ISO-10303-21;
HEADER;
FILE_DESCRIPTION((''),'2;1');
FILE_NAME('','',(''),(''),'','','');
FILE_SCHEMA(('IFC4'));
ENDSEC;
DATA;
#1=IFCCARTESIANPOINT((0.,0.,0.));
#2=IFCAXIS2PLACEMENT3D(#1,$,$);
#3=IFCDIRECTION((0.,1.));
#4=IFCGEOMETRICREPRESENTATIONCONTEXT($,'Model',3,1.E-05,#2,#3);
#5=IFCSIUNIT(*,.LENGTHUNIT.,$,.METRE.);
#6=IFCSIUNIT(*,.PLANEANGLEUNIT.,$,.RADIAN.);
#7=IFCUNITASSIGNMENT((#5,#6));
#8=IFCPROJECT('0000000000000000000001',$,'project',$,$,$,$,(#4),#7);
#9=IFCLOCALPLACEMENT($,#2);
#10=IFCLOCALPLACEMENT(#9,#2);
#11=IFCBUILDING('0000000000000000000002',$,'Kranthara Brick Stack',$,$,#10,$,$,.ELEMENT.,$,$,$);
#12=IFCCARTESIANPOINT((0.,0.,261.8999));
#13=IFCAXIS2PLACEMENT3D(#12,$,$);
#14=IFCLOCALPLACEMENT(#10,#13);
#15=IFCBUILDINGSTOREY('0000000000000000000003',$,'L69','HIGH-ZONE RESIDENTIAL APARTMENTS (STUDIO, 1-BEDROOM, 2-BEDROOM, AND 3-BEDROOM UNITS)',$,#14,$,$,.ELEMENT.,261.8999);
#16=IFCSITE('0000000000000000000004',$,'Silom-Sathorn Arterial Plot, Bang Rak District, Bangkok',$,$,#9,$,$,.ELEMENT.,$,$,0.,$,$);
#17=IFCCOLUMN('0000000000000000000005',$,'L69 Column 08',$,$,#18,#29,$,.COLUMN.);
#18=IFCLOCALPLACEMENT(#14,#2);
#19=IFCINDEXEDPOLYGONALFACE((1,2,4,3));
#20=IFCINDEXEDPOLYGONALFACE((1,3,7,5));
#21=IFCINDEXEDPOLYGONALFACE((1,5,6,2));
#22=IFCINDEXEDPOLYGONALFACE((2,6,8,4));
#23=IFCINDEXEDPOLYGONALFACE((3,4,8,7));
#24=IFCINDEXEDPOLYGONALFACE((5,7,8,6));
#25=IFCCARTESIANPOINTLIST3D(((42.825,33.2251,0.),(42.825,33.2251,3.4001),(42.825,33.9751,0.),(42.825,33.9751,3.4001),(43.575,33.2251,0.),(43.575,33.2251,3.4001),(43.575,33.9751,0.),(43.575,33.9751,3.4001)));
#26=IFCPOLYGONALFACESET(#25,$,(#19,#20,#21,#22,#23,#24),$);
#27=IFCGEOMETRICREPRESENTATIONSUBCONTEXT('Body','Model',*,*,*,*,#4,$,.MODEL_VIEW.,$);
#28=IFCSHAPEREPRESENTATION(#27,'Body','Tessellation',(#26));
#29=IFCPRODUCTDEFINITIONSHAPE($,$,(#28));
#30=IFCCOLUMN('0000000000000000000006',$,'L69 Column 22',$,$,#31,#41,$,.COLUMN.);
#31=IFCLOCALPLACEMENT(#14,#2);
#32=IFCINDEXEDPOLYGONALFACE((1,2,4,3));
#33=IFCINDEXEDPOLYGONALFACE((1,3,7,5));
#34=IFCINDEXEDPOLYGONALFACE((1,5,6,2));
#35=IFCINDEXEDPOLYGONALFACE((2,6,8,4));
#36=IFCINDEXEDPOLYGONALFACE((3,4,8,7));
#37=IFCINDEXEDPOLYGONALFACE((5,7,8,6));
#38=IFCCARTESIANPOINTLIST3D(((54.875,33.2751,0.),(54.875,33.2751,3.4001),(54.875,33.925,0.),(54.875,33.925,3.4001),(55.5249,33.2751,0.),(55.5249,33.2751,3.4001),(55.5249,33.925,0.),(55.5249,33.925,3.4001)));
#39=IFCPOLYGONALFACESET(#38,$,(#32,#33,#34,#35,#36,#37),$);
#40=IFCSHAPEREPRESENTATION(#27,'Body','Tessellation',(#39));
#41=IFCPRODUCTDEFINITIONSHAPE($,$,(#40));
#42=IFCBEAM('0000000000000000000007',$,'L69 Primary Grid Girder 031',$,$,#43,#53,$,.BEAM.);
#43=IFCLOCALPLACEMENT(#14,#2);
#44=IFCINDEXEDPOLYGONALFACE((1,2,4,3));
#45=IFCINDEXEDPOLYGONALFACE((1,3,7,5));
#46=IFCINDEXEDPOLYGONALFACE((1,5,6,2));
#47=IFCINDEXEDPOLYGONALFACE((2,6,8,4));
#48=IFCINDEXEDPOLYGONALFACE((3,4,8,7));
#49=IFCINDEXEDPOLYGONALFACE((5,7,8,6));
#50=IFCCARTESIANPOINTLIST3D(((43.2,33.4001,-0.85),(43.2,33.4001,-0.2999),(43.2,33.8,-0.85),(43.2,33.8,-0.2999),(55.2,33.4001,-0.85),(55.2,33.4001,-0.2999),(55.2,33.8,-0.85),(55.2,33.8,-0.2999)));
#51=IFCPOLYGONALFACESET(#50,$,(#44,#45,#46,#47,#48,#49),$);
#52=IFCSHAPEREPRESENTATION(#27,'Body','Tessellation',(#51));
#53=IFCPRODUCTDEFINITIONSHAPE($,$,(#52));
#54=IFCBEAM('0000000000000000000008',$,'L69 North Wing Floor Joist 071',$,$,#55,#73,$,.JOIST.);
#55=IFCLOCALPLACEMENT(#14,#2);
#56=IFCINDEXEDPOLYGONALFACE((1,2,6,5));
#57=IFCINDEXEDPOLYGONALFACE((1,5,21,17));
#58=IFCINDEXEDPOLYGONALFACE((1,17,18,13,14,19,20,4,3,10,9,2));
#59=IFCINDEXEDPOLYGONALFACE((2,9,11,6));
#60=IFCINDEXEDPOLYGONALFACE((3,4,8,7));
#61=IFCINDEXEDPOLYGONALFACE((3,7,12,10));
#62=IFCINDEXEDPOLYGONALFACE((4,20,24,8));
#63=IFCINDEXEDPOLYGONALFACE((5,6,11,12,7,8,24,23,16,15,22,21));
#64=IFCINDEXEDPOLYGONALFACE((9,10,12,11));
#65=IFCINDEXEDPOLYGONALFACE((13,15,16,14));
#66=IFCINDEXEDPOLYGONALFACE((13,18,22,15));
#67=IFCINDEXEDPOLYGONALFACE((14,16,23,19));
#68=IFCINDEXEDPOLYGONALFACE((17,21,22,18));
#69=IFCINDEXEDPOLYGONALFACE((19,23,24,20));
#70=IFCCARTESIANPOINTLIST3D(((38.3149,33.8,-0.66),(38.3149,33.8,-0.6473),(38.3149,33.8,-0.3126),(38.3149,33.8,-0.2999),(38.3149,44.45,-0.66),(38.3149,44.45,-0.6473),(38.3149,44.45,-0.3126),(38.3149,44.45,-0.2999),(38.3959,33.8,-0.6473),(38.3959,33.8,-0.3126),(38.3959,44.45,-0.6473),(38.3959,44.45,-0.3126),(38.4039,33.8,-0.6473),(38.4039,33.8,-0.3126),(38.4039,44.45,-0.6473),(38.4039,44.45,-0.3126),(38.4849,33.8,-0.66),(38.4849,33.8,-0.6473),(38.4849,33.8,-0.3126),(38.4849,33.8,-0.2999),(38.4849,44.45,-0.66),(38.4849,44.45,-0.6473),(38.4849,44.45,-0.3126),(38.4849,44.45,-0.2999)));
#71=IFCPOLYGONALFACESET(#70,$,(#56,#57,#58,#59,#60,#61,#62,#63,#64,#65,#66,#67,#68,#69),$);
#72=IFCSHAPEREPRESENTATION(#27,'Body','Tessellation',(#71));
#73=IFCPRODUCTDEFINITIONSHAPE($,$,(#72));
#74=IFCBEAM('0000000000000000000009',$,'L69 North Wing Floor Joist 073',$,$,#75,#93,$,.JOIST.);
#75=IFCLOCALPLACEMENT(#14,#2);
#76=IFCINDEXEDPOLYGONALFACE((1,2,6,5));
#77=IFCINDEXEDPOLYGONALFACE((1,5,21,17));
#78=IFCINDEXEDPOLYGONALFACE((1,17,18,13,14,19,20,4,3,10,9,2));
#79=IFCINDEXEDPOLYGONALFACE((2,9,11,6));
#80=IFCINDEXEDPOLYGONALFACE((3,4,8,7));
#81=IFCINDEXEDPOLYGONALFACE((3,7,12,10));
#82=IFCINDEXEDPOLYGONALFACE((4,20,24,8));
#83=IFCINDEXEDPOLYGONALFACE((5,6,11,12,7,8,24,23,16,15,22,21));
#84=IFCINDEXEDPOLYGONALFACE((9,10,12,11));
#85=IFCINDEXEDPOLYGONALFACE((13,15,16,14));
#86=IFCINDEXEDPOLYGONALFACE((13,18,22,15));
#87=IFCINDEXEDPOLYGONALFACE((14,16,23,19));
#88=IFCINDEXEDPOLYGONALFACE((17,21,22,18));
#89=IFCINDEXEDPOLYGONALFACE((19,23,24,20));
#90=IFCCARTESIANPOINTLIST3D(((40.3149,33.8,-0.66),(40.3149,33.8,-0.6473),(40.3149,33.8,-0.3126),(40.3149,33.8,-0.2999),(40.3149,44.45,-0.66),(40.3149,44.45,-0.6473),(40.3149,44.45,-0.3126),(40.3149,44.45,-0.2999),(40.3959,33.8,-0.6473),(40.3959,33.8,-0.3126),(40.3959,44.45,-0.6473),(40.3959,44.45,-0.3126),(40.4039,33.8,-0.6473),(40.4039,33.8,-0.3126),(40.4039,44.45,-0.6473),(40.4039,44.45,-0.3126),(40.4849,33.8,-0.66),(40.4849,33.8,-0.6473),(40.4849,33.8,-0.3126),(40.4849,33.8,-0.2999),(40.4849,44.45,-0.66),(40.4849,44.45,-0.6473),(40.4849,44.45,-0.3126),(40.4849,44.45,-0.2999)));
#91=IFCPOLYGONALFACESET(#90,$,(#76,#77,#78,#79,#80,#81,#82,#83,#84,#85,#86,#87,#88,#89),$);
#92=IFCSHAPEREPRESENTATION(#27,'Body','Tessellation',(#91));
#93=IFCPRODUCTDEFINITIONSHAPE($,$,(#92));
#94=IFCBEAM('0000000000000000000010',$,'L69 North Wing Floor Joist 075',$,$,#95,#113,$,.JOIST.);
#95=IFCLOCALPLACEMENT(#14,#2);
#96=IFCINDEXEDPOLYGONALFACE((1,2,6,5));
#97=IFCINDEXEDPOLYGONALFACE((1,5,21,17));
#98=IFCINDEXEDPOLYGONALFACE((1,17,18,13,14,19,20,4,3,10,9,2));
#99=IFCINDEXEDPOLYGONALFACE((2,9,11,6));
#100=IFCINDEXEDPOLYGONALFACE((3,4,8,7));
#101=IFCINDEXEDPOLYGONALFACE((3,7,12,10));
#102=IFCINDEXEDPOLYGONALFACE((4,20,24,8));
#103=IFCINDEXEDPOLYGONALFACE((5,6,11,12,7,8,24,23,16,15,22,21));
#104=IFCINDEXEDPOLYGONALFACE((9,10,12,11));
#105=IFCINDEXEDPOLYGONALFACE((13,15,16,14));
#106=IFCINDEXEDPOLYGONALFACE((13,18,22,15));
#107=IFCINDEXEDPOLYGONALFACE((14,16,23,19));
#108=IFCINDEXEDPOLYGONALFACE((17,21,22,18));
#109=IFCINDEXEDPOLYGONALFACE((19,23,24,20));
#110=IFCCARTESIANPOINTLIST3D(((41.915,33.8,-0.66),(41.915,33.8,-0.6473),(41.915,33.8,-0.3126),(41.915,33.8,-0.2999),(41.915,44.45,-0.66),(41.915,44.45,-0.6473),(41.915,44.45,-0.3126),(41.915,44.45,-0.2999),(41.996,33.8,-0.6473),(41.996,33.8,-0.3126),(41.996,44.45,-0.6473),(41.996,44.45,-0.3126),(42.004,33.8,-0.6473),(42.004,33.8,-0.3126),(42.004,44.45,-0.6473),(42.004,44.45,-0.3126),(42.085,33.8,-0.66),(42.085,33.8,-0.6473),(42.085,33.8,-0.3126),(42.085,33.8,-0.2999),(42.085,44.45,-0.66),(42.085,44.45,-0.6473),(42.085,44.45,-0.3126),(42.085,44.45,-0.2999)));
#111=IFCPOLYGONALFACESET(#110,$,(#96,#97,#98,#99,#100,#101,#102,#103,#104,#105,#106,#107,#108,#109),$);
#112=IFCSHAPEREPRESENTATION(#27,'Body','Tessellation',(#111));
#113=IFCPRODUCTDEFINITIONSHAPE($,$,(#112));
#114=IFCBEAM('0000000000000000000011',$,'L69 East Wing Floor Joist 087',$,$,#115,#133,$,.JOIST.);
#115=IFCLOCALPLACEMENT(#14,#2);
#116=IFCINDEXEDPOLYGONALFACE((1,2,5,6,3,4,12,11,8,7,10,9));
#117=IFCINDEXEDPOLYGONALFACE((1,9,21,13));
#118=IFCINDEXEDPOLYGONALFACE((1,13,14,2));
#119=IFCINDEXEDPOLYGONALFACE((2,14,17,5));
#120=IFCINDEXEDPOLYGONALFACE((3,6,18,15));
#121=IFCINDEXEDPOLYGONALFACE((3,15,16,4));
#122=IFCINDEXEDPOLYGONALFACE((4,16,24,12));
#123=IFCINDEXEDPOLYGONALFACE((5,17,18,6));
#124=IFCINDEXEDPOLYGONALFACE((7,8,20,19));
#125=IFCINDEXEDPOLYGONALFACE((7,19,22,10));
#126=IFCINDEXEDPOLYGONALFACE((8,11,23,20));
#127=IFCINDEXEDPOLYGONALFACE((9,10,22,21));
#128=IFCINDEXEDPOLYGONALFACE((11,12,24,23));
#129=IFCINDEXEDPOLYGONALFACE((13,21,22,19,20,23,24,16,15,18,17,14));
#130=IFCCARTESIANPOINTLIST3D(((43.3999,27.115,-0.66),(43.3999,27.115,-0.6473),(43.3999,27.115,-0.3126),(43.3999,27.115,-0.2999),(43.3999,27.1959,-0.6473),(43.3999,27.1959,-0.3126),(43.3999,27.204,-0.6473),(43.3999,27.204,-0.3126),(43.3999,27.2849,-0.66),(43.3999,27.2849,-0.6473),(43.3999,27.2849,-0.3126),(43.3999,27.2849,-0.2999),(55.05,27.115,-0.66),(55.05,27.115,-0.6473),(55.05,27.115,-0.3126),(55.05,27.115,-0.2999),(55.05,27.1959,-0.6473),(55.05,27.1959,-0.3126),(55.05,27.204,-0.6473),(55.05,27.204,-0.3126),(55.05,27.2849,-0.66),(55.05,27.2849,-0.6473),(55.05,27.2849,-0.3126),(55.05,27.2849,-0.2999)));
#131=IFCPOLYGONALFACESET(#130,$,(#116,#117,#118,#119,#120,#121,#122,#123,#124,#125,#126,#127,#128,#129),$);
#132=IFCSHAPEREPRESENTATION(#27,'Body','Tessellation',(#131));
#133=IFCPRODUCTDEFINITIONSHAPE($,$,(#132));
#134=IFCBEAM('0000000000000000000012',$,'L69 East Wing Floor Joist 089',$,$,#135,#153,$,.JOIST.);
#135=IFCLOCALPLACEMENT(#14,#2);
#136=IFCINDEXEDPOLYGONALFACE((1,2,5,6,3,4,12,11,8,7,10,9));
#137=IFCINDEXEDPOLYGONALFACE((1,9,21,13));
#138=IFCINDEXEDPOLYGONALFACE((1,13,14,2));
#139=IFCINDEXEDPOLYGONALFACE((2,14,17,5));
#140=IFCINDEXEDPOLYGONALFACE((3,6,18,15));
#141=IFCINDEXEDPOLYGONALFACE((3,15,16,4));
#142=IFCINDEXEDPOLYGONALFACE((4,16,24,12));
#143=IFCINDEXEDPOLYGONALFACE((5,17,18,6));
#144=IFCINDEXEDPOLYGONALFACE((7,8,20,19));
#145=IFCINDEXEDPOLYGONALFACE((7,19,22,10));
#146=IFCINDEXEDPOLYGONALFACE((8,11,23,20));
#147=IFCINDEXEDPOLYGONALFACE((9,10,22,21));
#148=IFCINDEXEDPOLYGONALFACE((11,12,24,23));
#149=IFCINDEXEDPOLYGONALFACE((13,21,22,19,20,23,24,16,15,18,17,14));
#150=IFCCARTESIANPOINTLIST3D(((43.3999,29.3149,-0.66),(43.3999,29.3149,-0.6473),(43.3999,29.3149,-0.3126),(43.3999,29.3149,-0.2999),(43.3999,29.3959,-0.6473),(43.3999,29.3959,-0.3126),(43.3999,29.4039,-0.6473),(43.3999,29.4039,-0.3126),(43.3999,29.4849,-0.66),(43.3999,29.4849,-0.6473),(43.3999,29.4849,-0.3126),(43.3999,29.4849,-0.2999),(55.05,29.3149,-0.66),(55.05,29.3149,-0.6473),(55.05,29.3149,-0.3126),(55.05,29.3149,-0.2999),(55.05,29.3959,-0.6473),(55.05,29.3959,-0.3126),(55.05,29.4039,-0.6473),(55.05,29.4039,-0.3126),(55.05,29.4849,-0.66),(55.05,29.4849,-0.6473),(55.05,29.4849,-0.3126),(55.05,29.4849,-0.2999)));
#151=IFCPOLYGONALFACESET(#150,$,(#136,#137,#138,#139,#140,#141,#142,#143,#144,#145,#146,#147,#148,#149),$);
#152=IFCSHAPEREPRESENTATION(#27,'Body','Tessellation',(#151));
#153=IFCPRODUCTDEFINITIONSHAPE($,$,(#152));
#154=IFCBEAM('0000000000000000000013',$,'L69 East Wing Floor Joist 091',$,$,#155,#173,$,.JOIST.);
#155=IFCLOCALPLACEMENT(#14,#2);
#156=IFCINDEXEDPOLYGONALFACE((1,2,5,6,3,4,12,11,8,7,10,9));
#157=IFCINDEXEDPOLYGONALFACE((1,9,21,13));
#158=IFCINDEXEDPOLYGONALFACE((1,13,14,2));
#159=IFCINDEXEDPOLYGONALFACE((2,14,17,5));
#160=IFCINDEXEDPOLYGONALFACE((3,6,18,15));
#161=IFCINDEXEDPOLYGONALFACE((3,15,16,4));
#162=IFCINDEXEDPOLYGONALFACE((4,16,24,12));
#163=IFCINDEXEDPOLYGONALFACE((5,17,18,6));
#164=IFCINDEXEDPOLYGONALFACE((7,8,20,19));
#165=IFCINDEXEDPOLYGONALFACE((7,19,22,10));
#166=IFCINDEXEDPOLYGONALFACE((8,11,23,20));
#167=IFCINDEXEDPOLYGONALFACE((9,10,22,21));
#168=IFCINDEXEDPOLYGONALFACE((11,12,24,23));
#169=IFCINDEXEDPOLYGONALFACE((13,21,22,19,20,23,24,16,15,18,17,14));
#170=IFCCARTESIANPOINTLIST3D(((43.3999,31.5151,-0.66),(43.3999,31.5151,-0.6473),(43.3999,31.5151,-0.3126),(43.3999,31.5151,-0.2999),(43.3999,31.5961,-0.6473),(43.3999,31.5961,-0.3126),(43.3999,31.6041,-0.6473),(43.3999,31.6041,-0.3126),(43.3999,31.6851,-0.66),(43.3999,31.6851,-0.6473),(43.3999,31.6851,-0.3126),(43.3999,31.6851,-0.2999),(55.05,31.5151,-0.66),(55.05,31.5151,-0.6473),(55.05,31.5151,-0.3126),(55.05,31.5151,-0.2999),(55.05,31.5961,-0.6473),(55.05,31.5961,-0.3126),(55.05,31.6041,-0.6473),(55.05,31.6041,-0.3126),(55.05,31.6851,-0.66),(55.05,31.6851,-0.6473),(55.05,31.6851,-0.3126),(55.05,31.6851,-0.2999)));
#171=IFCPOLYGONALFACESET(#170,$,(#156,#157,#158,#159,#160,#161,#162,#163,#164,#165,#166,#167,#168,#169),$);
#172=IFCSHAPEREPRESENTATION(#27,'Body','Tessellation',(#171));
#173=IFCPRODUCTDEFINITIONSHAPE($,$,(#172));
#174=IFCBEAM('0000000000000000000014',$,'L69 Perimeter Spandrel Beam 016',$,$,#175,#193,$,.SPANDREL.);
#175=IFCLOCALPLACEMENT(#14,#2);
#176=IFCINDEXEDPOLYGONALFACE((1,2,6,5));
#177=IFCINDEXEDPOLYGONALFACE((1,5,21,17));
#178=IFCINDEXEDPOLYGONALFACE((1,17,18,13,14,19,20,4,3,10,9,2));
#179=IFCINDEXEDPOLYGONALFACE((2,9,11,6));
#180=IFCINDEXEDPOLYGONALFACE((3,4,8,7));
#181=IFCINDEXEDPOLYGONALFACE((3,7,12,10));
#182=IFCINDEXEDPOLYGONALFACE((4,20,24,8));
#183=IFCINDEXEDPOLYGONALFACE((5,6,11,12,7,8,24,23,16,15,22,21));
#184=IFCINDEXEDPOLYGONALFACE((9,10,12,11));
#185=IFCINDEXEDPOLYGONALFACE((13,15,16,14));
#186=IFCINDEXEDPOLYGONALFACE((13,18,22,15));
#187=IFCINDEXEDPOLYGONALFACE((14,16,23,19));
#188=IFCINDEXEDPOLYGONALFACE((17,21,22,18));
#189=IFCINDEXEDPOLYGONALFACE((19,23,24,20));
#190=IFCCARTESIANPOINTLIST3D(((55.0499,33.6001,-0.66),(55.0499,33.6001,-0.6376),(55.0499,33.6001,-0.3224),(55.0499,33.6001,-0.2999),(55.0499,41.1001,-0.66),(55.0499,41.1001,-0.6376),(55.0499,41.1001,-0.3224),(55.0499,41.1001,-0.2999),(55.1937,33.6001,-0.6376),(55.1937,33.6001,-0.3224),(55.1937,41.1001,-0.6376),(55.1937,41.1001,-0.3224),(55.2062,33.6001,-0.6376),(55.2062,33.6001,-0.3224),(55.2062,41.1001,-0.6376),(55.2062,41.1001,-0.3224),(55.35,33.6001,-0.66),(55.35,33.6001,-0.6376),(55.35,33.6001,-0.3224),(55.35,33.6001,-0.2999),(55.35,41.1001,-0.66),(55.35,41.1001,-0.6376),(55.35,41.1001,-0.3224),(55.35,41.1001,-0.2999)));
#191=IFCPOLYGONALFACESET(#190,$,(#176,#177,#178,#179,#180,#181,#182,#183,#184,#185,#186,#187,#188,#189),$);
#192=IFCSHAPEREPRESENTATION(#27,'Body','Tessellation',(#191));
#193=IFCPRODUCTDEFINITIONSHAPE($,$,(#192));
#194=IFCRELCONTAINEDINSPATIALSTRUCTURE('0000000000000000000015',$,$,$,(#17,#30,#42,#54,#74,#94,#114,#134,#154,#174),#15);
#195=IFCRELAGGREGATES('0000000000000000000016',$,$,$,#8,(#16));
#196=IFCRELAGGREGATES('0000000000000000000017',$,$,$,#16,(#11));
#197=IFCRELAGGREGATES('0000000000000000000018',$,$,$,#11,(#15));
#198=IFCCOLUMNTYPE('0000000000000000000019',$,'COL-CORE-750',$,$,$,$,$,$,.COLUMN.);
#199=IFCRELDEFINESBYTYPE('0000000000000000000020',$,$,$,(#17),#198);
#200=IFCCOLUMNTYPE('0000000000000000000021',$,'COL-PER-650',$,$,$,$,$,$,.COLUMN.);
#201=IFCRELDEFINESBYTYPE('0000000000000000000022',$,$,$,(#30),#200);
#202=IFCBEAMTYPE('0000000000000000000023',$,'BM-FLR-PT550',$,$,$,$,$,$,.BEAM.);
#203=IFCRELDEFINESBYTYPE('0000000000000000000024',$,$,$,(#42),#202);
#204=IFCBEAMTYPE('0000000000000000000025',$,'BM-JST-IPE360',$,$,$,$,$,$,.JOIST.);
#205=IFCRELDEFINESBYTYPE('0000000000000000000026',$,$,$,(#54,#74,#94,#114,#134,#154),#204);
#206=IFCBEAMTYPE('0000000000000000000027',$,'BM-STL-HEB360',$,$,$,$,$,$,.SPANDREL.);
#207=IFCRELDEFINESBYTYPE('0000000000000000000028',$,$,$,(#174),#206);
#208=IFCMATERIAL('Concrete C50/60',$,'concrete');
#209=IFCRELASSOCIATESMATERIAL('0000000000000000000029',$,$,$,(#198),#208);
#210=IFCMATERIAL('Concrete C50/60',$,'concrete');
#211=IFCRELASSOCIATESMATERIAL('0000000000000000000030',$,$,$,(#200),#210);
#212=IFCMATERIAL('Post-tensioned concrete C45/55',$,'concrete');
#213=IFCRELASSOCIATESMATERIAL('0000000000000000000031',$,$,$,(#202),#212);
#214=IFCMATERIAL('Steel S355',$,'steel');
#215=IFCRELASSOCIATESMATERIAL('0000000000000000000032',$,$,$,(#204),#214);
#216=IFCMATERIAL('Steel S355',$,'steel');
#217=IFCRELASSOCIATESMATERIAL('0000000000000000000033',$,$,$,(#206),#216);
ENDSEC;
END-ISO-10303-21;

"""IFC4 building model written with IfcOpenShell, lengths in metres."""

from ifc_helpers import new_model, si_unit, direction, frame, origin, origin_2d, place, context, subcontext, project, spatial, rectangle, i_section, extrude, material, material_profile, profile_set, type_object, element, save


model = new_model("IFC4")

# Units and contexts
model_context = context("Model", 3, precision=1e-05, world=origin(), true_north=direction((0.0, 1.0)))
body_context = subcontext(model_context, "Body", "Model", "MODEL_VIEW")
ifc_project = project(units=[si_unit("LENGTHUNIT", "METRE"), si_unit("PLANEANGLEUNIT", "RADIAN")], contexts=[model_context])

# Site, building, storey
site_placement = place(None, origin())
site = spatial("IfcSite", under=ifc_project, at=site_placement, Name="Silom-Sathorn Arterial Plot, Bang Rak District, Bangkok", CompositionType="ELEMENT", RefElevation=0.0)
building_placement = place(site_placement, origin())
building = spatial("IfcBuilding", under=site, at=building_placement, Name="Kranthara Brick Stack", CompositionType="ELEMENT")
storey_placement = place(building_placement, frame((0.0, 0.0, 261.8999)))
storey = spatial("IfcBuildingStorey", under=building, at=storey_placement, Name="L69", Description="HIGH-ZONE RESIDENTIAL APARTMENTS (STUDIO, 1-BEDROOM, 2-BEDROOM, AND 3-BEDROOM UNITS)", CompositionType="ELEMENT", Elevation=261.8999)

# Columns
ifc_material_1 = material(Name="Concrete C50/60", Category="concrete")
ifc_material_profile_1 = material_profile(ifc_material_1, rectangle(XDim=0.75, YDim=0.75, at=origin_2d()), Name="RC 750x750")
ifc_profile_set_1 = profile_set([ifc_material_profile_1], Name="Concrete C50/60")
column_type_1 = type_object("IfcColumnType", Name="COL-CORE-750", PredefinedType="COLUMN", material=ifc_profile_set_1)
column_1_placement = place(storey_placement, frame((43.2, 33.6001, 0.0), z_axis=(0.0, 0.0, 1.0), x_axis=(1.0, 0.0, 0.0)))
element("IfcColumn", 1, at=column_1_placement, inside=storey, type_object=column_type_1, Name="L69 Column 08", PredefinedType="COLUMN", context=body_context, shape_type="SweptSolid", body=[
    extrude(rectangle(XDim=0.75, YDim=0.75, at=origin_2d()), origin(), (0.0, 0.0, 1.0), 3.4001),
])
ifc_material_2 = material(Name="Concrete C50/60", Category="concrete")
ifc_material_profile_2 = material_profile(ifc_material_2, rectangle(XDim=0.6499, YDim=0.6499, at=origin_2d()), Name="RC 650x650")
ifc_profile_set_2 = profile_set([ifc_material_profile_2], Name="Concrete C50/60")
column_type_2 = type_object("IfcColumnType", Name="COL-PER-650", PredefinedType="COLUMN", material=ifc_profile_set_2)
column_2_placement = place(storey_placement, frame((55.2, 33.6001, 0.0), z_axis=(0.0, 0.0, 1.0), x_axis=(1.0, 0.0, 0.0)))
element("IfcColumn", 2, at=column_2_placement, inside=storey, type_object=column_type_2, Name="L69 Column 22", PredefinedType="COLUMN", context=body_context, shape_type="SweptSolid", body=[
    extrude(rectangle(XDim=0.6499, YDim=0.6499, at=origin_2d()), origin(), (0.0, 0.0, 1.0), 3.4001),
])

# Beams
ifc_material_3 = material(Name="Post-tensioned concrete C45/55", Category="concrete")
ifc_material_profile_3 = material_profile(ifc_material_3, rectangle(XDim=0.3999, YDim=0.55, at=origin_2d()), Name="PT 400x550")
ifc_profile_set_3 = profile_set([ifc_material_profile_3], Name="Post-tensioned concrete C45/55")
beam_type_1 = type_object("IfcBeamType", Name="BM-FLR-PT550", PredefinedType="BEAM", material=ifc_profile_set_3)
beam_1_placement = place(storey_placement, frame((43.2, 33.6001, -0.575), z_axis=(1.0, 0.0, 0.0), x_axis=(0.0, 1.0, 0.0)))
element("IfcBeam", 3, at=beam_1_placement, inside=storey, type_object=beam_type_1, Name="L69 Primary Grid Girder 031", PredefinedType="BEAM", context=body_context, shape_type="SweptSolid", body=[
    extrude(rectangle(XDim=0.3999, YDim=0.55, at=origin_2d()), origin(), (0.0, 0.0, 1.0), 12.0),
])
ifc_material_4 = material(Name="Steel S355", Category="steel")
ifc_material_profile_4 = material_profile(ifc_material_4, i_section(OverallWidth=0.1699, OverallDepth=0.3601, WebThickness=0.0081, FlangeThickness=0.0127, at=origin_2d()), Name="IPE 360")
ifc_profile_set_4 = profile_set([ifc_material_profile_4], Name="Steel S355")
beam_type_2 = type_object("IfcBeamType", Name="BM-JST-IPE360", PredefinedType="JOIST", material=ifc_profile_set_4)
for number, where, z_axis, x_axis, name in (
    (4, (38.3999, 33.8, -0.48), (0.0, 1.0, 0.0), (-1.0, 0.0, 0.0), "L69 North Wing Floor Joist 071"),
    (5, (40.3999, 33.8, -0.48), (0.0, 1.0, 0.0), (-1.0, 0.0, 0.0), "L69 North Wing Floor Joist 073"),
    (6, (42.0, 33.8, -0.48), (0.0, 1.0, 0.0), (-1.0, 0.0, 0.0), "L69 North Wing Floor Joist 075"),
):
    element("IfcBeam", number, at=place(storey_placement, frame(where, z_axis=z_axis, x_axis=x_axis)), inside=storey, type_object=beam_type_2, Name=name, PredefinedType="JOIST", context=body_context, shape_type="SweptSolid", body=[
        extrude(i_section(OverallWidth=0.1699, OverallDepth=0.3601, WebThickness=0.0081, FlangeThickness=0.0127, at=origin_2d()), origin(), (0.0, 0.0, 1.0), 10.6499),
    ])
for number, where, z_axis, x_axis, name in (
    (7, (43.3999, 27.2, -0.48), (1.0, 0.0, 0.0), (0.0, 1.0, 0.0), "L69 East Wing Floor Joist 087"),
    (8, (43.3999, 29.3999, -0.48), (1.0, 0.0, 0.0), (0.0, 1.0, 0.0), "L69 East Wing Floor Joist 089"),
    (9, (43.3999, 31.6001, -0.48), (1.0, 0.0, 0.0), (0.0, 1.0, 0.0), "L69 East Wing Floor Joist 091"),
):
    element("IfcBeam", number, at=place(storey_placement, frame(where, z_axis=z_axis, x_axis=x_axis)), inside=storey, type_object=beam_type_2, Name=name, PredefinedType="JOIST", context=body_context, shape_type="SweptSolid", body=[
        extrude(i_section(OverallWidth=0.1699, OverallDepth=0.3601, WebThickness=0.0081, FlangeThickness=0.0127, at=origin_2d()), origin(), (0.0, 0.0, 1.0), 11.6501),
    ])
ifc_material_5 = material(Name="Steel S355", Category="steel")
ifc_material_profile_5 = material_profile(ifc_material_5, i_section(OverallWidth=0.3, OverallDepth=0.3601, WebThickness=0.0125, FlangeThickness=0.0225, at=origin_2d()), Name="HEB 360")
ifc_profile_set_5 = profile_set([ifc_material_profile_5], Name="Steel S355")
beam_type_3 = type_object("IfcBeamType", Name="BM-STL-HEB360", PredefinedType="SPANDREL", material=ifc_profile_set_5)
beam_2_placement = place(storey_placement, frame((55.2, 33.6001, -0.48), z_axis=(0.0, 1.0, 0.0), x_axis=(-1.0, 0.0, 0.0)))
element("IfcBeam", 10, at=beam_2_placement, inside=storey, type_object=beam_type_3, Name="L69 Perimeter Spandrel Beam 016", PredefinedType="SPANDREL", context=body_context, shape_type="SweptSolid", body=[
    extrude(i_section(OverallWidth=0.3, OverallDepth=0.3601, WebThickness=0.0125, FlangeThickness=0.0225, at=origin_2d()), origin(), (0.0, 0.0, 1.0), 7.5),
])

save(model, "model.ifc")
